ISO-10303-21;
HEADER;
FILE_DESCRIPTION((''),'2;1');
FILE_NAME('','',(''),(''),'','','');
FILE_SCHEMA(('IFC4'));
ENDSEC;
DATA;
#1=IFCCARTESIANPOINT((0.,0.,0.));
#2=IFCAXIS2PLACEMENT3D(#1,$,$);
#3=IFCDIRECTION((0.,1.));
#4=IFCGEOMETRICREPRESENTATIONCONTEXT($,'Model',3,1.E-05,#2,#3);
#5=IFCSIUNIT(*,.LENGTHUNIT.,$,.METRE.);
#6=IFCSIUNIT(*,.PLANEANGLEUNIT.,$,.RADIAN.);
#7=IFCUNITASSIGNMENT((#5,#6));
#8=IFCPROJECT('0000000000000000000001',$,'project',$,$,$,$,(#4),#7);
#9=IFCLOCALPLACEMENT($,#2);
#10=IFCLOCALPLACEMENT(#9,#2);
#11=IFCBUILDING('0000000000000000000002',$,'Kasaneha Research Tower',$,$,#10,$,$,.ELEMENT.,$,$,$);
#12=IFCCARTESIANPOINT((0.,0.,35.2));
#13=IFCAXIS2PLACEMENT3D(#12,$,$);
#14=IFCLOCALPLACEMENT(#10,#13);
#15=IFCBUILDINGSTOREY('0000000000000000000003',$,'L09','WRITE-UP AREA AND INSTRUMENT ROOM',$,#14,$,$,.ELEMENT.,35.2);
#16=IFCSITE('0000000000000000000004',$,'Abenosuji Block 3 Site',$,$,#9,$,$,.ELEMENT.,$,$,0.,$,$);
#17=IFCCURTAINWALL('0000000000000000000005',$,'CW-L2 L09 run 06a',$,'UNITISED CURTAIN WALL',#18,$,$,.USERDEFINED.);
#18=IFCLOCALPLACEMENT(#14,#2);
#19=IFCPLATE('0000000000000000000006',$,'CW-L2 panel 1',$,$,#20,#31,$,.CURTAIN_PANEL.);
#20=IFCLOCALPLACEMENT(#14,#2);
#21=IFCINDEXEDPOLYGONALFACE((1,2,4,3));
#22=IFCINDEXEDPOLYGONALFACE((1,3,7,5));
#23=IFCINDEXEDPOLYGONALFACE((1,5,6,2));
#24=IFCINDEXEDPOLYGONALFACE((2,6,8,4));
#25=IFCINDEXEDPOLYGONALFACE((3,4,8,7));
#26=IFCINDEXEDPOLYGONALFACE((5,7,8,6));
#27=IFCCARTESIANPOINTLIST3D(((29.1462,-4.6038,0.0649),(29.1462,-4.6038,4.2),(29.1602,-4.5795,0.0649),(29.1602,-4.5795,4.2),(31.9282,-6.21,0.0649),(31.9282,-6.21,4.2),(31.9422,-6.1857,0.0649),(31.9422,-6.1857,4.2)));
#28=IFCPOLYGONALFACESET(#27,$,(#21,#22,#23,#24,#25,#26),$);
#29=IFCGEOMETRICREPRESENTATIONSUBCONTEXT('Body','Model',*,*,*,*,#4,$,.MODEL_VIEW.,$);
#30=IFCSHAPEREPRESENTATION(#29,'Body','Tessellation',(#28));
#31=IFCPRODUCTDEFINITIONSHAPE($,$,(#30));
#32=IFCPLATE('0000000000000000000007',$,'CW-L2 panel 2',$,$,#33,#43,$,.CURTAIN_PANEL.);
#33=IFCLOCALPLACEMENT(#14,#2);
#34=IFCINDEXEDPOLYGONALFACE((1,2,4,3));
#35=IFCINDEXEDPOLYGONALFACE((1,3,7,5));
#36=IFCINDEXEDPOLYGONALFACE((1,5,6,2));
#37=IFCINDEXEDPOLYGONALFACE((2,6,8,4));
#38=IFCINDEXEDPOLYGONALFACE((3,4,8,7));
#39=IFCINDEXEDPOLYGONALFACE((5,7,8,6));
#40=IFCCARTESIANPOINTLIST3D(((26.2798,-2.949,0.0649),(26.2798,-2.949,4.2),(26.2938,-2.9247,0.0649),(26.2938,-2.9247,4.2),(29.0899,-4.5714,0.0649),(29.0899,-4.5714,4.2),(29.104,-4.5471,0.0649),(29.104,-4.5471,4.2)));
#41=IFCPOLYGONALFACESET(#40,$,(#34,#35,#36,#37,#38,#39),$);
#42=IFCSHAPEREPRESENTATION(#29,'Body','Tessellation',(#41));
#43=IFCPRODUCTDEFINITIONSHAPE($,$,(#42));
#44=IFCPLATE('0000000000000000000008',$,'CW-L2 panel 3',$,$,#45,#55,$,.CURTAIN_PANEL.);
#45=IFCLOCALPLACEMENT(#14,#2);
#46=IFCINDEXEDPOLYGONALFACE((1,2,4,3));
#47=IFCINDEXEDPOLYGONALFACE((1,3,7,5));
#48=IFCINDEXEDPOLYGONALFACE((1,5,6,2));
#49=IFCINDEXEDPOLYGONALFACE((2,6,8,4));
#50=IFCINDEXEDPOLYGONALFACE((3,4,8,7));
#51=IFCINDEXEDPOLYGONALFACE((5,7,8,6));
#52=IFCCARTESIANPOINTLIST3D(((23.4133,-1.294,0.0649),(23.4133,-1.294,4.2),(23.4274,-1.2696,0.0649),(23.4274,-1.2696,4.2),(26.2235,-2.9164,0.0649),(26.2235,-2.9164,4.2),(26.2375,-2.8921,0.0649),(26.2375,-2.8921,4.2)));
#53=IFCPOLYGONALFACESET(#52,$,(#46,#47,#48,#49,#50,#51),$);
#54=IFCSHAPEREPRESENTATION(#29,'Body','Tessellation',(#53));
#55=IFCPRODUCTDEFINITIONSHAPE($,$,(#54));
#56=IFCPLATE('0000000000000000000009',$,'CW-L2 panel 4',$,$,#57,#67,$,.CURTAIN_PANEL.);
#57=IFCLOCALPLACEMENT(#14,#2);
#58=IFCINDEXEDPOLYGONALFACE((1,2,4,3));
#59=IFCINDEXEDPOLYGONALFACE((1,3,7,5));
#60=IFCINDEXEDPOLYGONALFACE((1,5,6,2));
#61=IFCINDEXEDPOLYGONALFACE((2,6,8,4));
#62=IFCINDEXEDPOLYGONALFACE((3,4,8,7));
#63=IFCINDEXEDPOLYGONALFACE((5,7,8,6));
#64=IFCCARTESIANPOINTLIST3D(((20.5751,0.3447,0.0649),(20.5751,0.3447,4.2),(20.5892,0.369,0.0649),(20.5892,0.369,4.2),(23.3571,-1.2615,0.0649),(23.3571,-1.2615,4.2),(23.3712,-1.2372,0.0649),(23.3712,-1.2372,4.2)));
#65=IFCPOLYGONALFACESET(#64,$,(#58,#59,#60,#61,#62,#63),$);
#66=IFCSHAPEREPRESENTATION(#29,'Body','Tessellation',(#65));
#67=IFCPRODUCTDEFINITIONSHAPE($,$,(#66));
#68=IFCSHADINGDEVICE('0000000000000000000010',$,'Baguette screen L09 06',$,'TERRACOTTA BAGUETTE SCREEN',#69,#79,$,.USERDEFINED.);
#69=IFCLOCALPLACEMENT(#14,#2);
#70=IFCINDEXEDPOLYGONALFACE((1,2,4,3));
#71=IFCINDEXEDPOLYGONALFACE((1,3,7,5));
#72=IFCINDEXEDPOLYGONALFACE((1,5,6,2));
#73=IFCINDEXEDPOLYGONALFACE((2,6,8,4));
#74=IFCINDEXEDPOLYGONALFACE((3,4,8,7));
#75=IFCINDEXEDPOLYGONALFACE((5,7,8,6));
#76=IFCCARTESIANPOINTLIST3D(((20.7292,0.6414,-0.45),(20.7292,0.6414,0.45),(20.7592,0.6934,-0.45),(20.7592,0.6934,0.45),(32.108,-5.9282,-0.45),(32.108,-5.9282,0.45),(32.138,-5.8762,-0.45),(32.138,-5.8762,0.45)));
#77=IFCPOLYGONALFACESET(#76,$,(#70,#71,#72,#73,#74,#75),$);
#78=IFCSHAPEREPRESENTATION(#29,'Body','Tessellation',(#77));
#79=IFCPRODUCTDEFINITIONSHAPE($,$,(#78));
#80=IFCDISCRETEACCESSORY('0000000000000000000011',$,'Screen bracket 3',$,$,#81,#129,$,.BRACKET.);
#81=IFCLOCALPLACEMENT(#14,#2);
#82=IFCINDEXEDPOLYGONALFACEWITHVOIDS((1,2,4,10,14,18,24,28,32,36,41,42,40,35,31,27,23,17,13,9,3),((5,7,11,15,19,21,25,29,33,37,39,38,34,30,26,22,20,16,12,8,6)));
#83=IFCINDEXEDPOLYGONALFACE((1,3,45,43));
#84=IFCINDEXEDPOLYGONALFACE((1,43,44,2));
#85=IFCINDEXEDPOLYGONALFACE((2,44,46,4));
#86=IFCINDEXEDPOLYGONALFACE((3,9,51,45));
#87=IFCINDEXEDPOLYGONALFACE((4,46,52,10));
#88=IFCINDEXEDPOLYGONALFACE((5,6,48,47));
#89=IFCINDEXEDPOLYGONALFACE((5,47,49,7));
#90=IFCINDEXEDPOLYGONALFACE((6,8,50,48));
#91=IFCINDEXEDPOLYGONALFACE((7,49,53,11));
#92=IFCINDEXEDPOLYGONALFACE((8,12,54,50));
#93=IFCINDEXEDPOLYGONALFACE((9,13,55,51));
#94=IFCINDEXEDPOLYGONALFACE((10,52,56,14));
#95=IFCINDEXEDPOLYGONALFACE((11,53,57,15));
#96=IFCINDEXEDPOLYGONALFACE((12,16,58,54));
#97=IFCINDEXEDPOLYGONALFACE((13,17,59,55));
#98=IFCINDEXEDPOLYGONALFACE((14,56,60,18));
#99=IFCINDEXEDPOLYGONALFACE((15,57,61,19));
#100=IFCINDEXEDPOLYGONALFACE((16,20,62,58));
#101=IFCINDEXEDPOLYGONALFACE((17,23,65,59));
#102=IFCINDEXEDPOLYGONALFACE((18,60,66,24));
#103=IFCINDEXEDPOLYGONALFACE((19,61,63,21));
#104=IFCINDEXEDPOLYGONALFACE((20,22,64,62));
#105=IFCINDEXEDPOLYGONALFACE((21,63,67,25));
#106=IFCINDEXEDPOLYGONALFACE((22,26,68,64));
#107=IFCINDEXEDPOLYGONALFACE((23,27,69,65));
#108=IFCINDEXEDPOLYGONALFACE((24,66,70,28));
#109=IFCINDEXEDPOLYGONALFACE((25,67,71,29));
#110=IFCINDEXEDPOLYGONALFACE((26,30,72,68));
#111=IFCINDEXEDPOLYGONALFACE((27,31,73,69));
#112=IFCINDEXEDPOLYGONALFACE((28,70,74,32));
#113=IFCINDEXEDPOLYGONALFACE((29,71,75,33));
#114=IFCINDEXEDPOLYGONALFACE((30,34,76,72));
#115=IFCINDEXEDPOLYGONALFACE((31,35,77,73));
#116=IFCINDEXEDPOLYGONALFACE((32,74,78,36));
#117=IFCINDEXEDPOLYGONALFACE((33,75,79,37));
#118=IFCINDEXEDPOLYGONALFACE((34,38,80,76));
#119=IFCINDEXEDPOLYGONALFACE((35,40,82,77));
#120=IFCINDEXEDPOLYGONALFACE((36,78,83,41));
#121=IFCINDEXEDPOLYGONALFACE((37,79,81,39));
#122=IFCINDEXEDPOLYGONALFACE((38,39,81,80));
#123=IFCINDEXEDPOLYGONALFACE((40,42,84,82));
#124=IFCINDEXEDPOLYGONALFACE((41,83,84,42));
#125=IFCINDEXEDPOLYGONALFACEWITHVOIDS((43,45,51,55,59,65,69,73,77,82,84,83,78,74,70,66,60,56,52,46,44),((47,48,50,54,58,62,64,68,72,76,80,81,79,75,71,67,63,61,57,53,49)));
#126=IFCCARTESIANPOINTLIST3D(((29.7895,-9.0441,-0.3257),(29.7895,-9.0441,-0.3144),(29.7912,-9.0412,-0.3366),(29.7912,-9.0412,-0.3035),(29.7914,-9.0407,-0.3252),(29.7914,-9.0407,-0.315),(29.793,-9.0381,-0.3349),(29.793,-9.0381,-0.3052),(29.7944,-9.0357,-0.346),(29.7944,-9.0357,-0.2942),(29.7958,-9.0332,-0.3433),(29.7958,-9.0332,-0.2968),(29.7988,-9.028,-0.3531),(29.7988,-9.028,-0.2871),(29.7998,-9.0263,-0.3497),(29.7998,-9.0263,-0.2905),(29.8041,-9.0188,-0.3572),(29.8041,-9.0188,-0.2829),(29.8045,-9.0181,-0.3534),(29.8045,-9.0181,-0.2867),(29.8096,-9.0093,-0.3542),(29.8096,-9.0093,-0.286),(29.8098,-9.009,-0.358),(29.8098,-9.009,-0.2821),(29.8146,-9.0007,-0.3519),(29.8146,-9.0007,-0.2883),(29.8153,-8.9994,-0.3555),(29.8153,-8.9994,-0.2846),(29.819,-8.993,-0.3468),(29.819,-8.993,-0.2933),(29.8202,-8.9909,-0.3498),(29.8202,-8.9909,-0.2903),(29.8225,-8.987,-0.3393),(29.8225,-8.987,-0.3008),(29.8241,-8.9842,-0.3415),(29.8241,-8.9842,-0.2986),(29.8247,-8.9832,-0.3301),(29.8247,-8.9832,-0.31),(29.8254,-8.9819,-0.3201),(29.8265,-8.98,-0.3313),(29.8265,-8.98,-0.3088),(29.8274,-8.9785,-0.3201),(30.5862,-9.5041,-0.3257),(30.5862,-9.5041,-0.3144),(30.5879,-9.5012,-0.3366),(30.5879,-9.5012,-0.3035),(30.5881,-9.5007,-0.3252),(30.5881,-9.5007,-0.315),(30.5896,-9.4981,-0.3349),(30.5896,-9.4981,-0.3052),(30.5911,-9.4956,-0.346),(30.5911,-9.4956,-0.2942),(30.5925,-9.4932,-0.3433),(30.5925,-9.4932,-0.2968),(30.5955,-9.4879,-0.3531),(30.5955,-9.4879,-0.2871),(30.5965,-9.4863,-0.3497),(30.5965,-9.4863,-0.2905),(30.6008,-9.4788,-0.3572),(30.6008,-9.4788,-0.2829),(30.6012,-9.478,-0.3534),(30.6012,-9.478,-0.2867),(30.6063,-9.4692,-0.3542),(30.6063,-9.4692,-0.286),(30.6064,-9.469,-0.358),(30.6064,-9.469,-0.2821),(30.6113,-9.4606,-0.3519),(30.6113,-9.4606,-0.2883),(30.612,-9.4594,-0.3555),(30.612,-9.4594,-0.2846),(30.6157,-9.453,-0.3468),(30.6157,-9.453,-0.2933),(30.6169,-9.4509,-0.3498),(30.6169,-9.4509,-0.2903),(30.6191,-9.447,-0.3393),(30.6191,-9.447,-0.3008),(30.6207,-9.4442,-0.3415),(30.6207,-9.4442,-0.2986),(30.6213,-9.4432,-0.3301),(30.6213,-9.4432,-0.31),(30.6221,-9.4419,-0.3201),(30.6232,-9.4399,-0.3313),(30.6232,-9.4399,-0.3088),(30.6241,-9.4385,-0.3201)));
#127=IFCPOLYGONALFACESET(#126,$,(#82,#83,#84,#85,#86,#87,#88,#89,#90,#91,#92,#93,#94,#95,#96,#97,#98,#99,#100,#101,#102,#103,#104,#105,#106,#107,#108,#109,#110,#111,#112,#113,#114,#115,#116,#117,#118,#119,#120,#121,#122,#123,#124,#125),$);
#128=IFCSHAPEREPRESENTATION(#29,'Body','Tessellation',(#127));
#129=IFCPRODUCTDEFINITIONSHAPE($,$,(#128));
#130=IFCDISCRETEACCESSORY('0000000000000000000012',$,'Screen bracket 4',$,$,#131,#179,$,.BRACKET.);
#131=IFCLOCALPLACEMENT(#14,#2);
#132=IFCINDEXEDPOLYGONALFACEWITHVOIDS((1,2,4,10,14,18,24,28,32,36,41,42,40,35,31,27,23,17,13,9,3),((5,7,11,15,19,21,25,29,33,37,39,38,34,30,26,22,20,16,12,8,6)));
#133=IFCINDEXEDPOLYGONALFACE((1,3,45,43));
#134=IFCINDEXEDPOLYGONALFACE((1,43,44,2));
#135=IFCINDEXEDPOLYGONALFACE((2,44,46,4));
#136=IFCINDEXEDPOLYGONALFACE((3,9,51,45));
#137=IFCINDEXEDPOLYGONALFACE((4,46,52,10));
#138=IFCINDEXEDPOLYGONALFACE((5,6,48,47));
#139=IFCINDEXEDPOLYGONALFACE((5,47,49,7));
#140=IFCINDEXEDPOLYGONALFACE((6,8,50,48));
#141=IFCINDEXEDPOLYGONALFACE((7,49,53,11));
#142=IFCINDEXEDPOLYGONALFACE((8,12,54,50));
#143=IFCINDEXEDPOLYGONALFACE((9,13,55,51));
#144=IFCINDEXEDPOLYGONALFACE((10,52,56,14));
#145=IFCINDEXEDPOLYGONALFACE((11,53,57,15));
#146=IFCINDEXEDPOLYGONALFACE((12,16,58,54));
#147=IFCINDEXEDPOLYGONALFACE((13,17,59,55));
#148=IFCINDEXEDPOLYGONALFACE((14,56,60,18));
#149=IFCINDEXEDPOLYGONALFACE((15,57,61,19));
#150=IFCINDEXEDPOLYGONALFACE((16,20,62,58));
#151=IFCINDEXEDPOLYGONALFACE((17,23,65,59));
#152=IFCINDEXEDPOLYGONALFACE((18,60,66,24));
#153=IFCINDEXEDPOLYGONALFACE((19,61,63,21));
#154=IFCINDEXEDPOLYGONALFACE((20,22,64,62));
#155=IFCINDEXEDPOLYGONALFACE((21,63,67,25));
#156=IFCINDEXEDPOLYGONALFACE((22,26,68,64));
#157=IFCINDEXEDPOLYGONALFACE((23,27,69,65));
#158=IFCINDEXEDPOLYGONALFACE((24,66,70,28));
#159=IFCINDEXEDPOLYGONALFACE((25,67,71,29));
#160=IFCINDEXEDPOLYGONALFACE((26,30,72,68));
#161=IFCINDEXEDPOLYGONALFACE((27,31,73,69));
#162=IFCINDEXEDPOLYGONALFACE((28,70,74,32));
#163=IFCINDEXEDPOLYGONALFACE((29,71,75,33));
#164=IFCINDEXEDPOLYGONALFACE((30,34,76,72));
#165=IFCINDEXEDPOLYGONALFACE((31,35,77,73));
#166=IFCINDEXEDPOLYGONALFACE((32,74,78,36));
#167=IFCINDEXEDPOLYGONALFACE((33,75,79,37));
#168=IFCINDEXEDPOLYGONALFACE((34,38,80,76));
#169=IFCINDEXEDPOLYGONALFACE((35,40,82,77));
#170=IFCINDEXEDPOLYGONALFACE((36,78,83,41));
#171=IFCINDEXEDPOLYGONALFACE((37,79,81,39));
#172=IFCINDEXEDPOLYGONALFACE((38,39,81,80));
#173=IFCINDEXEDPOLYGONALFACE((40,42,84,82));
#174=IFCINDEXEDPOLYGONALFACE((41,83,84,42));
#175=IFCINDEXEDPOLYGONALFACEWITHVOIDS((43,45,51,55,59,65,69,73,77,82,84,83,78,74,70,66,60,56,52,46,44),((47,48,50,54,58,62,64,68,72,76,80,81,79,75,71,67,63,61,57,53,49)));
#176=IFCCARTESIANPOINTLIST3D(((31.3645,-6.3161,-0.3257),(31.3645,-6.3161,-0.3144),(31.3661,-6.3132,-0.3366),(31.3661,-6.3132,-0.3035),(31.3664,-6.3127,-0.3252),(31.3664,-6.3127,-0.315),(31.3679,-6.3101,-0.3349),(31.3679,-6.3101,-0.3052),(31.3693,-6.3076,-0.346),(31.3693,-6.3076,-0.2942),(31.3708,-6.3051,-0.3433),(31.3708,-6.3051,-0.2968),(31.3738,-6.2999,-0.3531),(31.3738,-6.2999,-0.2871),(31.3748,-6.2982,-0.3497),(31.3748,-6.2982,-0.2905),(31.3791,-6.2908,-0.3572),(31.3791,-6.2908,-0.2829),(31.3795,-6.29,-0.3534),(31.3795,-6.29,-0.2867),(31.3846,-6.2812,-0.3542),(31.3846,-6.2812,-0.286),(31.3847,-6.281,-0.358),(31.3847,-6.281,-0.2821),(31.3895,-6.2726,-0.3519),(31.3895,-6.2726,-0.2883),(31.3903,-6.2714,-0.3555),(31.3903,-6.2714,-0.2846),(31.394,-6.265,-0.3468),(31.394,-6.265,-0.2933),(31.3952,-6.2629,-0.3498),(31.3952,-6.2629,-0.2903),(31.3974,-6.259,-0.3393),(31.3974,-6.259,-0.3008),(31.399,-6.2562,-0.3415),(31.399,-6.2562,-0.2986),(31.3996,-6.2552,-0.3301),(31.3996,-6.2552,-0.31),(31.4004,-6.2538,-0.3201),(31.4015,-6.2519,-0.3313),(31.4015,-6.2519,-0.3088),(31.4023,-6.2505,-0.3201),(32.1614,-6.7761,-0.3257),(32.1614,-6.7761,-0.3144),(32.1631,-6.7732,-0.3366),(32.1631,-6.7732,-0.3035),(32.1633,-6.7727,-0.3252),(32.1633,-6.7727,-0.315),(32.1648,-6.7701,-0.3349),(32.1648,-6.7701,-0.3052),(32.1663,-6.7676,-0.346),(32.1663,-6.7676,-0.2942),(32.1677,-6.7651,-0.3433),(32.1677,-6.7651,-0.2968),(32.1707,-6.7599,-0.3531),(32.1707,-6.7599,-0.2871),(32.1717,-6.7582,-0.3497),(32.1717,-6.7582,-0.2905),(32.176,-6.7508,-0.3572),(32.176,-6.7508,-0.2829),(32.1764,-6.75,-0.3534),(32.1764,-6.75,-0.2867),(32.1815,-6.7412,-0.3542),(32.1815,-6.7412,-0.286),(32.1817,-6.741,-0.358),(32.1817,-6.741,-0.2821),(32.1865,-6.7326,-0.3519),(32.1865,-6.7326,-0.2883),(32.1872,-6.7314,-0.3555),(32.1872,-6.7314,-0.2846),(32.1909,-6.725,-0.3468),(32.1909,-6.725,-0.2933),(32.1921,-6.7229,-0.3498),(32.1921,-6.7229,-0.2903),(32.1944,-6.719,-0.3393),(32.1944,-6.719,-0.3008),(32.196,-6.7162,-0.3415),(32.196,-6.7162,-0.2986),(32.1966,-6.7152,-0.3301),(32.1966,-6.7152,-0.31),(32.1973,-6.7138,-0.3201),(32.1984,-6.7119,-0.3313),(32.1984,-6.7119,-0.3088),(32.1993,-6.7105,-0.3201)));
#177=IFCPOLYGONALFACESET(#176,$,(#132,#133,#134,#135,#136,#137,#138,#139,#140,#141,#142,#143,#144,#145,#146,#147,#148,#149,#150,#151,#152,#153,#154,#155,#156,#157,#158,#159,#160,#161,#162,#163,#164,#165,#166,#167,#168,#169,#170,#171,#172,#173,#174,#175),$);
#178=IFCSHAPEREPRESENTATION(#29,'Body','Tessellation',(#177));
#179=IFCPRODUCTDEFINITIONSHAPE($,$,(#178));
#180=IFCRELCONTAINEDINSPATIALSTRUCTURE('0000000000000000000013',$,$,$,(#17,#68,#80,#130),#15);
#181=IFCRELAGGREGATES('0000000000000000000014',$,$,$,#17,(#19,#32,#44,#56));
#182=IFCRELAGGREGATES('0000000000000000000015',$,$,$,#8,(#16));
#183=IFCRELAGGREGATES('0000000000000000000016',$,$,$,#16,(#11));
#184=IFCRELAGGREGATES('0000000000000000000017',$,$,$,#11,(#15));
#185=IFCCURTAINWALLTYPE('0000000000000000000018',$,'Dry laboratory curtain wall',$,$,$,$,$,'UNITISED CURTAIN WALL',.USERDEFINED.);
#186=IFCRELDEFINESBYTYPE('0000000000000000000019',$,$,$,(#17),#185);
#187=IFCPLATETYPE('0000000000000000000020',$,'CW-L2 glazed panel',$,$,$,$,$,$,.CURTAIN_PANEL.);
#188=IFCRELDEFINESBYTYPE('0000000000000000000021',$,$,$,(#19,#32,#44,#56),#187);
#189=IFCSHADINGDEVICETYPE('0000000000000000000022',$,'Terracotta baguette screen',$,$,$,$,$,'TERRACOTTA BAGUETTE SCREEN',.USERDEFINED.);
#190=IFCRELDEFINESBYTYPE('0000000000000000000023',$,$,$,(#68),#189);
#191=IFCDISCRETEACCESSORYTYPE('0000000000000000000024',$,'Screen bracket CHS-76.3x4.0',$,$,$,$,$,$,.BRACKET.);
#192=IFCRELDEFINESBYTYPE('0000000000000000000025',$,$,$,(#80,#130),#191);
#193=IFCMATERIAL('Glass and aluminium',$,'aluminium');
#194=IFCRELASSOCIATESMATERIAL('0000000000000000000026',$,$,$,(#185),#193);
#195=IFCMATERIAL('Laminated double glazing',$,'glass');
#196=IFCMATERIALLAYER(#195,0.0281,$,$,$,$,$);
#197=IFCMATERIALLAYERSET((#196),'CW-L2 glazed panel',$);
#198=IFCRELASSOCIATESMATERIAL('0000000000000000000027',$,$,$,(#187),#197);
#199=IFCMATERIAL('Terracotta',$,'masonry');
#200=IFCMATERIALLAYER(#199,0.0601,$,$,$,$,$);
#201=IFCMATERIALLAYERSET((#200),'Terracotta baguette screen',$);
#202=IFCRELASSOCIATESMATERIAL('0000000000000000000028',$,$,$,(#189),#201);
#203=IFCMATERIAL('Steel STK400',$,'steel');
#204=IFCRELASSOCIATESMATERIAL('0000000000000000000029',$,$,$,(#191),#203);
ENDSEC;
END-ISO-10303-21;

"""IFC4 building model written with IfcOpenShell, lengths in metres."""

from ifc_helpers import new_model, si_unit, direction, frame, origin, origin_2d, place, context, subcontext, project, spatial, rectangle, hollow_circle, extrude, material, layer, layer_set, material_profile, profile_set, type_object, element, aggregate, save


model = new_model("IFC4")

# Units and contexts
model_context = context("Model", 3, precision=1e-05, world=origin(), true_north=direction((0.0, 1.0)))
body_context = subcontext(model_context, "Body", "Model", "MODEL_VIEW")
ifc_project = project(units=[si_unit("LENGTHUNIT", "METRE"), si_unit("PLANEANGLEUNIT", "RADIAN")], contexts=[model_context])

# Site, building, storey
site_placement = place(None, origin())
site = spatial("IfcSite", under=ifc_project, at=site_placement, Name="Abenosuji Block 3 Site", CompositionType="ELEMENT", RefElevation=0.0)
building_placement = place(site_placement, origin())
building = spatial("IfcBuilding", under=site, at=building_placement, Name="Kasaneha Research Tower", CompositionType="ELEMENT")
storey_placement = place(building_placement, frame((0.0, 0.0, 35.2)))
storey = spatial("IfcBuildingStorey", under=building, at=storey_placement, Name="L09", Description="WRITE-UP AREA AND INSTRUMENT ROOM", CompositionType="ELEMENT", Elevation=35.2)

# Curtain wall
ifc_material_1 = material(Name="Glass and aluminium", Category="aluminium")
curtain_wall_type = type_object("IfcCurtainWallType", Name="Dry laboratory curtain wall", ElementType="UNITISED CURTAIN WALL", PredefinedType="USERDEFINED", material=ifc_material_1)
curtain_wall_1_placement = place(storey_placement, origin())
curtain_wall_1 = element("IfcCurtainWall", 1, at=curtain_wall_1_placement, inside=storey, type_object=curtain_wall_type, Name="CW-L2 L09 run 06a", ObjectType="UNITISED CURTAIN WALL", PredefinedType="USERDEFINED")

# Plates
ifc_material_2 = material(Name="Laminated double glazing", Category="glass")
ifc_layer_1 = layer(ifc_material_2, 0.0281)
ifc_layer_set_1 = layer_set([ifc_layer_1], Name="CW-L2 glazed panel")
plate_type = type_object("IfcPlateType", Name="CW-L2 glazed panel", PredefinedType="CURTAIN_PANEL", material=ifc_layer_set_1)
plate_1_placement = place(storey_placement, frame((30.5442, -5.3948, 0.0649), z_axis=(0.0, 0.0, 1.0), x_axis=(-0.866025, 0.5, 0.0)))
plate_1 = element("IfcPlate", 2, at=plate_1_placement, type_object=plate_type, Name="CW-L2 panel 1", PredefinedType="CURTAIN_PANEL", context=body_context, shape_type="SweptSolid", body=[
    extrude(rectangle(XDim=3.2124, YDim=0.0281, at=origin_2d()), origin(), (0.0, 0.0, 1.0), 4.135),
])
plate_2_placement = place(storey_placement, frame((27.6919, -3.748, 0.0649), z_axis=(0.0, 0.0, 1.0), x_axis=(-0.866025, 0.5, 0.0)))
plate_2 = element("IfcPlate", 3, at=plate_2_placement, type_object=plate_type, Name="CW-L2 panel 2", PredefinedType="CURTAIN_PANEL", context=body_context, shape_type="SweptSolid", body=[
    extrude(rectangle(XDim=3.2449, YDim=0.0281, at=origin_2d()), origin(), (0.0, 0.0, 1.0), 4.135),
])
plate_3_placement = place(storey_placement, frame((24.8254, -2.093, 0.0649), z_axis=(0.0, 0.0, 1.0), x_axis=(-0.866025, 0.5, 0.0)))
plate_3 = element("IfcPlate", 4, at=plate_3_placement, type_object=plate_type, Name="CW-L2 panel 3", PredefinedType="CURTAIN_PANEL", context=body_context, shape_type="SweptSolid", body=[
    extrude(rectangle(XDim=3.2449, YDim=0.0281, at=origin_2d()), origin(), (0.0, 0.0, 1.0), 4.135),
])
plate_4_placement = place(storey_placement, frame((21.9731, -0.4463, 0.0649), z_axis=(0.0, 0.0, 1.0), x_axis=(-0.866025, 0.5, 0.0)))
plate_4 = element("IfcPlate", 5, at=plate_4_placement, type_object=plate_type, Name="CW-L2 panel 4", PredefinedType="CURTAIN_PANEL", context=body_context, shape_type="SweptSolid", body=[
    extrude(rectangle(XDim=3.2124, YDim=0.0281, at=origin_2d()), origin(), (0.0, 0.0, 1.0), 4.135),
])
aggregate(curtain_wall_1, [plate_1, plate_2, plate_3, plate_4])

# Shading device
ifc_material_3 = material(Name="Terracotta", Category="masonry")
ifc_layer_2 = layer(ifc_material_3, 0.0601)
ifc_layer_set_2 = layer_set([ifc_layer_2], Name="Terracotta baguette screen")
shading_device_type = type_object("IfcShadingDeviceType", Name="Terracotta baguette screen", ElementType="TERRACOTTA BAGUETTE SCREEN", PredefinedType="USERDEFINED", material=ifc_layer_set_2)
shading_device_placement = place(storey_placement, frame((26.4336, -2.6174, -0.45), z_axis=(0.0, 0.0, 1.0), x_axis=(-0.866025, 0.5, 0.0)))
element("IfcShadingDevice", 6, at=shading_device_placement, inside=storey, type_object=shading_device_type, Name="Baguette screen L09 06", ObjectType="TERRACOTTA BAGUETTE SCREEN", PredefinedType="USERDEFINED", context=body_context, shape_type="SweptSolid", body=[
    extrude(rectangle(XDim=13.1392, YDim=0.0601, at=origin_2d()), origin(), (0.0, 0.0, 1.0), 0.8999),
])

# Discrete accessories
ifc_material_4 = material(Name="Steel STK400", Category="steel")
ifc_material_profile_1 = material_profile(ifc_material_4, hollow_circle(Radius=0.0381, WallThickness=0.0039, at=origin_2d()), Name="CHS-76.3x4.0")
ifc_profile_set_1 = profile_set([ifc_material_profile_1], Name="Steel STK400")
discrete_accessory_type = type_object("IfcDiscreteAccessoryType", Name="Screen bracket CHS-76.3x4.0", PredefinedType="BRACKET", material=ifc_profile_set_1)
discrete_accessory_1_placement = place(storey_placement, frame((29.8083, -9.0115, -0.3201), z_axis=(0.866013, -0.500021, 0.0), x_axis=(0.500021, 0.866013, 0.0)))
element("IfcDiscreteAccessory", 7, at=discrete_accessory_1_placement, inside=storey, type_object=discrete_accessory_type, Name="Screen bracket 3", PredefinedType="BRACKET", context=body_context, shape_type="SweptSolid", body=[
    extrude(hollow_circle(Radius=0.0381, WallThickness=0.0039, at=origin_2d()), origin(), (0.0, 0.0, 1.0), 0.9199),
])
discrete_accessory_2_placement = place(storey_placement, frame((31.3833, -6.2834, -0.3201), z_axis=(0.86608, -0.499906, 0.0), x_axis=(0.499906, 0.86608, 0.0)))
element("IfcDiscreteAccessory", 8, at=discrete_accessory_2_placement, inside=storey, type_object=discrete_accessory_type, Name="Screen bracket 4", PredefinedType="BRACKET", context=body_context, shape_type="SweptSolid", body=[
    extrude(hollow_circle(Radius=0.0381, WallThickness=0.0039, at=origin_2d()), origin(), (0.0, 0.0, 1.0), 0.9202),
])

save(model, "model.ifc")
